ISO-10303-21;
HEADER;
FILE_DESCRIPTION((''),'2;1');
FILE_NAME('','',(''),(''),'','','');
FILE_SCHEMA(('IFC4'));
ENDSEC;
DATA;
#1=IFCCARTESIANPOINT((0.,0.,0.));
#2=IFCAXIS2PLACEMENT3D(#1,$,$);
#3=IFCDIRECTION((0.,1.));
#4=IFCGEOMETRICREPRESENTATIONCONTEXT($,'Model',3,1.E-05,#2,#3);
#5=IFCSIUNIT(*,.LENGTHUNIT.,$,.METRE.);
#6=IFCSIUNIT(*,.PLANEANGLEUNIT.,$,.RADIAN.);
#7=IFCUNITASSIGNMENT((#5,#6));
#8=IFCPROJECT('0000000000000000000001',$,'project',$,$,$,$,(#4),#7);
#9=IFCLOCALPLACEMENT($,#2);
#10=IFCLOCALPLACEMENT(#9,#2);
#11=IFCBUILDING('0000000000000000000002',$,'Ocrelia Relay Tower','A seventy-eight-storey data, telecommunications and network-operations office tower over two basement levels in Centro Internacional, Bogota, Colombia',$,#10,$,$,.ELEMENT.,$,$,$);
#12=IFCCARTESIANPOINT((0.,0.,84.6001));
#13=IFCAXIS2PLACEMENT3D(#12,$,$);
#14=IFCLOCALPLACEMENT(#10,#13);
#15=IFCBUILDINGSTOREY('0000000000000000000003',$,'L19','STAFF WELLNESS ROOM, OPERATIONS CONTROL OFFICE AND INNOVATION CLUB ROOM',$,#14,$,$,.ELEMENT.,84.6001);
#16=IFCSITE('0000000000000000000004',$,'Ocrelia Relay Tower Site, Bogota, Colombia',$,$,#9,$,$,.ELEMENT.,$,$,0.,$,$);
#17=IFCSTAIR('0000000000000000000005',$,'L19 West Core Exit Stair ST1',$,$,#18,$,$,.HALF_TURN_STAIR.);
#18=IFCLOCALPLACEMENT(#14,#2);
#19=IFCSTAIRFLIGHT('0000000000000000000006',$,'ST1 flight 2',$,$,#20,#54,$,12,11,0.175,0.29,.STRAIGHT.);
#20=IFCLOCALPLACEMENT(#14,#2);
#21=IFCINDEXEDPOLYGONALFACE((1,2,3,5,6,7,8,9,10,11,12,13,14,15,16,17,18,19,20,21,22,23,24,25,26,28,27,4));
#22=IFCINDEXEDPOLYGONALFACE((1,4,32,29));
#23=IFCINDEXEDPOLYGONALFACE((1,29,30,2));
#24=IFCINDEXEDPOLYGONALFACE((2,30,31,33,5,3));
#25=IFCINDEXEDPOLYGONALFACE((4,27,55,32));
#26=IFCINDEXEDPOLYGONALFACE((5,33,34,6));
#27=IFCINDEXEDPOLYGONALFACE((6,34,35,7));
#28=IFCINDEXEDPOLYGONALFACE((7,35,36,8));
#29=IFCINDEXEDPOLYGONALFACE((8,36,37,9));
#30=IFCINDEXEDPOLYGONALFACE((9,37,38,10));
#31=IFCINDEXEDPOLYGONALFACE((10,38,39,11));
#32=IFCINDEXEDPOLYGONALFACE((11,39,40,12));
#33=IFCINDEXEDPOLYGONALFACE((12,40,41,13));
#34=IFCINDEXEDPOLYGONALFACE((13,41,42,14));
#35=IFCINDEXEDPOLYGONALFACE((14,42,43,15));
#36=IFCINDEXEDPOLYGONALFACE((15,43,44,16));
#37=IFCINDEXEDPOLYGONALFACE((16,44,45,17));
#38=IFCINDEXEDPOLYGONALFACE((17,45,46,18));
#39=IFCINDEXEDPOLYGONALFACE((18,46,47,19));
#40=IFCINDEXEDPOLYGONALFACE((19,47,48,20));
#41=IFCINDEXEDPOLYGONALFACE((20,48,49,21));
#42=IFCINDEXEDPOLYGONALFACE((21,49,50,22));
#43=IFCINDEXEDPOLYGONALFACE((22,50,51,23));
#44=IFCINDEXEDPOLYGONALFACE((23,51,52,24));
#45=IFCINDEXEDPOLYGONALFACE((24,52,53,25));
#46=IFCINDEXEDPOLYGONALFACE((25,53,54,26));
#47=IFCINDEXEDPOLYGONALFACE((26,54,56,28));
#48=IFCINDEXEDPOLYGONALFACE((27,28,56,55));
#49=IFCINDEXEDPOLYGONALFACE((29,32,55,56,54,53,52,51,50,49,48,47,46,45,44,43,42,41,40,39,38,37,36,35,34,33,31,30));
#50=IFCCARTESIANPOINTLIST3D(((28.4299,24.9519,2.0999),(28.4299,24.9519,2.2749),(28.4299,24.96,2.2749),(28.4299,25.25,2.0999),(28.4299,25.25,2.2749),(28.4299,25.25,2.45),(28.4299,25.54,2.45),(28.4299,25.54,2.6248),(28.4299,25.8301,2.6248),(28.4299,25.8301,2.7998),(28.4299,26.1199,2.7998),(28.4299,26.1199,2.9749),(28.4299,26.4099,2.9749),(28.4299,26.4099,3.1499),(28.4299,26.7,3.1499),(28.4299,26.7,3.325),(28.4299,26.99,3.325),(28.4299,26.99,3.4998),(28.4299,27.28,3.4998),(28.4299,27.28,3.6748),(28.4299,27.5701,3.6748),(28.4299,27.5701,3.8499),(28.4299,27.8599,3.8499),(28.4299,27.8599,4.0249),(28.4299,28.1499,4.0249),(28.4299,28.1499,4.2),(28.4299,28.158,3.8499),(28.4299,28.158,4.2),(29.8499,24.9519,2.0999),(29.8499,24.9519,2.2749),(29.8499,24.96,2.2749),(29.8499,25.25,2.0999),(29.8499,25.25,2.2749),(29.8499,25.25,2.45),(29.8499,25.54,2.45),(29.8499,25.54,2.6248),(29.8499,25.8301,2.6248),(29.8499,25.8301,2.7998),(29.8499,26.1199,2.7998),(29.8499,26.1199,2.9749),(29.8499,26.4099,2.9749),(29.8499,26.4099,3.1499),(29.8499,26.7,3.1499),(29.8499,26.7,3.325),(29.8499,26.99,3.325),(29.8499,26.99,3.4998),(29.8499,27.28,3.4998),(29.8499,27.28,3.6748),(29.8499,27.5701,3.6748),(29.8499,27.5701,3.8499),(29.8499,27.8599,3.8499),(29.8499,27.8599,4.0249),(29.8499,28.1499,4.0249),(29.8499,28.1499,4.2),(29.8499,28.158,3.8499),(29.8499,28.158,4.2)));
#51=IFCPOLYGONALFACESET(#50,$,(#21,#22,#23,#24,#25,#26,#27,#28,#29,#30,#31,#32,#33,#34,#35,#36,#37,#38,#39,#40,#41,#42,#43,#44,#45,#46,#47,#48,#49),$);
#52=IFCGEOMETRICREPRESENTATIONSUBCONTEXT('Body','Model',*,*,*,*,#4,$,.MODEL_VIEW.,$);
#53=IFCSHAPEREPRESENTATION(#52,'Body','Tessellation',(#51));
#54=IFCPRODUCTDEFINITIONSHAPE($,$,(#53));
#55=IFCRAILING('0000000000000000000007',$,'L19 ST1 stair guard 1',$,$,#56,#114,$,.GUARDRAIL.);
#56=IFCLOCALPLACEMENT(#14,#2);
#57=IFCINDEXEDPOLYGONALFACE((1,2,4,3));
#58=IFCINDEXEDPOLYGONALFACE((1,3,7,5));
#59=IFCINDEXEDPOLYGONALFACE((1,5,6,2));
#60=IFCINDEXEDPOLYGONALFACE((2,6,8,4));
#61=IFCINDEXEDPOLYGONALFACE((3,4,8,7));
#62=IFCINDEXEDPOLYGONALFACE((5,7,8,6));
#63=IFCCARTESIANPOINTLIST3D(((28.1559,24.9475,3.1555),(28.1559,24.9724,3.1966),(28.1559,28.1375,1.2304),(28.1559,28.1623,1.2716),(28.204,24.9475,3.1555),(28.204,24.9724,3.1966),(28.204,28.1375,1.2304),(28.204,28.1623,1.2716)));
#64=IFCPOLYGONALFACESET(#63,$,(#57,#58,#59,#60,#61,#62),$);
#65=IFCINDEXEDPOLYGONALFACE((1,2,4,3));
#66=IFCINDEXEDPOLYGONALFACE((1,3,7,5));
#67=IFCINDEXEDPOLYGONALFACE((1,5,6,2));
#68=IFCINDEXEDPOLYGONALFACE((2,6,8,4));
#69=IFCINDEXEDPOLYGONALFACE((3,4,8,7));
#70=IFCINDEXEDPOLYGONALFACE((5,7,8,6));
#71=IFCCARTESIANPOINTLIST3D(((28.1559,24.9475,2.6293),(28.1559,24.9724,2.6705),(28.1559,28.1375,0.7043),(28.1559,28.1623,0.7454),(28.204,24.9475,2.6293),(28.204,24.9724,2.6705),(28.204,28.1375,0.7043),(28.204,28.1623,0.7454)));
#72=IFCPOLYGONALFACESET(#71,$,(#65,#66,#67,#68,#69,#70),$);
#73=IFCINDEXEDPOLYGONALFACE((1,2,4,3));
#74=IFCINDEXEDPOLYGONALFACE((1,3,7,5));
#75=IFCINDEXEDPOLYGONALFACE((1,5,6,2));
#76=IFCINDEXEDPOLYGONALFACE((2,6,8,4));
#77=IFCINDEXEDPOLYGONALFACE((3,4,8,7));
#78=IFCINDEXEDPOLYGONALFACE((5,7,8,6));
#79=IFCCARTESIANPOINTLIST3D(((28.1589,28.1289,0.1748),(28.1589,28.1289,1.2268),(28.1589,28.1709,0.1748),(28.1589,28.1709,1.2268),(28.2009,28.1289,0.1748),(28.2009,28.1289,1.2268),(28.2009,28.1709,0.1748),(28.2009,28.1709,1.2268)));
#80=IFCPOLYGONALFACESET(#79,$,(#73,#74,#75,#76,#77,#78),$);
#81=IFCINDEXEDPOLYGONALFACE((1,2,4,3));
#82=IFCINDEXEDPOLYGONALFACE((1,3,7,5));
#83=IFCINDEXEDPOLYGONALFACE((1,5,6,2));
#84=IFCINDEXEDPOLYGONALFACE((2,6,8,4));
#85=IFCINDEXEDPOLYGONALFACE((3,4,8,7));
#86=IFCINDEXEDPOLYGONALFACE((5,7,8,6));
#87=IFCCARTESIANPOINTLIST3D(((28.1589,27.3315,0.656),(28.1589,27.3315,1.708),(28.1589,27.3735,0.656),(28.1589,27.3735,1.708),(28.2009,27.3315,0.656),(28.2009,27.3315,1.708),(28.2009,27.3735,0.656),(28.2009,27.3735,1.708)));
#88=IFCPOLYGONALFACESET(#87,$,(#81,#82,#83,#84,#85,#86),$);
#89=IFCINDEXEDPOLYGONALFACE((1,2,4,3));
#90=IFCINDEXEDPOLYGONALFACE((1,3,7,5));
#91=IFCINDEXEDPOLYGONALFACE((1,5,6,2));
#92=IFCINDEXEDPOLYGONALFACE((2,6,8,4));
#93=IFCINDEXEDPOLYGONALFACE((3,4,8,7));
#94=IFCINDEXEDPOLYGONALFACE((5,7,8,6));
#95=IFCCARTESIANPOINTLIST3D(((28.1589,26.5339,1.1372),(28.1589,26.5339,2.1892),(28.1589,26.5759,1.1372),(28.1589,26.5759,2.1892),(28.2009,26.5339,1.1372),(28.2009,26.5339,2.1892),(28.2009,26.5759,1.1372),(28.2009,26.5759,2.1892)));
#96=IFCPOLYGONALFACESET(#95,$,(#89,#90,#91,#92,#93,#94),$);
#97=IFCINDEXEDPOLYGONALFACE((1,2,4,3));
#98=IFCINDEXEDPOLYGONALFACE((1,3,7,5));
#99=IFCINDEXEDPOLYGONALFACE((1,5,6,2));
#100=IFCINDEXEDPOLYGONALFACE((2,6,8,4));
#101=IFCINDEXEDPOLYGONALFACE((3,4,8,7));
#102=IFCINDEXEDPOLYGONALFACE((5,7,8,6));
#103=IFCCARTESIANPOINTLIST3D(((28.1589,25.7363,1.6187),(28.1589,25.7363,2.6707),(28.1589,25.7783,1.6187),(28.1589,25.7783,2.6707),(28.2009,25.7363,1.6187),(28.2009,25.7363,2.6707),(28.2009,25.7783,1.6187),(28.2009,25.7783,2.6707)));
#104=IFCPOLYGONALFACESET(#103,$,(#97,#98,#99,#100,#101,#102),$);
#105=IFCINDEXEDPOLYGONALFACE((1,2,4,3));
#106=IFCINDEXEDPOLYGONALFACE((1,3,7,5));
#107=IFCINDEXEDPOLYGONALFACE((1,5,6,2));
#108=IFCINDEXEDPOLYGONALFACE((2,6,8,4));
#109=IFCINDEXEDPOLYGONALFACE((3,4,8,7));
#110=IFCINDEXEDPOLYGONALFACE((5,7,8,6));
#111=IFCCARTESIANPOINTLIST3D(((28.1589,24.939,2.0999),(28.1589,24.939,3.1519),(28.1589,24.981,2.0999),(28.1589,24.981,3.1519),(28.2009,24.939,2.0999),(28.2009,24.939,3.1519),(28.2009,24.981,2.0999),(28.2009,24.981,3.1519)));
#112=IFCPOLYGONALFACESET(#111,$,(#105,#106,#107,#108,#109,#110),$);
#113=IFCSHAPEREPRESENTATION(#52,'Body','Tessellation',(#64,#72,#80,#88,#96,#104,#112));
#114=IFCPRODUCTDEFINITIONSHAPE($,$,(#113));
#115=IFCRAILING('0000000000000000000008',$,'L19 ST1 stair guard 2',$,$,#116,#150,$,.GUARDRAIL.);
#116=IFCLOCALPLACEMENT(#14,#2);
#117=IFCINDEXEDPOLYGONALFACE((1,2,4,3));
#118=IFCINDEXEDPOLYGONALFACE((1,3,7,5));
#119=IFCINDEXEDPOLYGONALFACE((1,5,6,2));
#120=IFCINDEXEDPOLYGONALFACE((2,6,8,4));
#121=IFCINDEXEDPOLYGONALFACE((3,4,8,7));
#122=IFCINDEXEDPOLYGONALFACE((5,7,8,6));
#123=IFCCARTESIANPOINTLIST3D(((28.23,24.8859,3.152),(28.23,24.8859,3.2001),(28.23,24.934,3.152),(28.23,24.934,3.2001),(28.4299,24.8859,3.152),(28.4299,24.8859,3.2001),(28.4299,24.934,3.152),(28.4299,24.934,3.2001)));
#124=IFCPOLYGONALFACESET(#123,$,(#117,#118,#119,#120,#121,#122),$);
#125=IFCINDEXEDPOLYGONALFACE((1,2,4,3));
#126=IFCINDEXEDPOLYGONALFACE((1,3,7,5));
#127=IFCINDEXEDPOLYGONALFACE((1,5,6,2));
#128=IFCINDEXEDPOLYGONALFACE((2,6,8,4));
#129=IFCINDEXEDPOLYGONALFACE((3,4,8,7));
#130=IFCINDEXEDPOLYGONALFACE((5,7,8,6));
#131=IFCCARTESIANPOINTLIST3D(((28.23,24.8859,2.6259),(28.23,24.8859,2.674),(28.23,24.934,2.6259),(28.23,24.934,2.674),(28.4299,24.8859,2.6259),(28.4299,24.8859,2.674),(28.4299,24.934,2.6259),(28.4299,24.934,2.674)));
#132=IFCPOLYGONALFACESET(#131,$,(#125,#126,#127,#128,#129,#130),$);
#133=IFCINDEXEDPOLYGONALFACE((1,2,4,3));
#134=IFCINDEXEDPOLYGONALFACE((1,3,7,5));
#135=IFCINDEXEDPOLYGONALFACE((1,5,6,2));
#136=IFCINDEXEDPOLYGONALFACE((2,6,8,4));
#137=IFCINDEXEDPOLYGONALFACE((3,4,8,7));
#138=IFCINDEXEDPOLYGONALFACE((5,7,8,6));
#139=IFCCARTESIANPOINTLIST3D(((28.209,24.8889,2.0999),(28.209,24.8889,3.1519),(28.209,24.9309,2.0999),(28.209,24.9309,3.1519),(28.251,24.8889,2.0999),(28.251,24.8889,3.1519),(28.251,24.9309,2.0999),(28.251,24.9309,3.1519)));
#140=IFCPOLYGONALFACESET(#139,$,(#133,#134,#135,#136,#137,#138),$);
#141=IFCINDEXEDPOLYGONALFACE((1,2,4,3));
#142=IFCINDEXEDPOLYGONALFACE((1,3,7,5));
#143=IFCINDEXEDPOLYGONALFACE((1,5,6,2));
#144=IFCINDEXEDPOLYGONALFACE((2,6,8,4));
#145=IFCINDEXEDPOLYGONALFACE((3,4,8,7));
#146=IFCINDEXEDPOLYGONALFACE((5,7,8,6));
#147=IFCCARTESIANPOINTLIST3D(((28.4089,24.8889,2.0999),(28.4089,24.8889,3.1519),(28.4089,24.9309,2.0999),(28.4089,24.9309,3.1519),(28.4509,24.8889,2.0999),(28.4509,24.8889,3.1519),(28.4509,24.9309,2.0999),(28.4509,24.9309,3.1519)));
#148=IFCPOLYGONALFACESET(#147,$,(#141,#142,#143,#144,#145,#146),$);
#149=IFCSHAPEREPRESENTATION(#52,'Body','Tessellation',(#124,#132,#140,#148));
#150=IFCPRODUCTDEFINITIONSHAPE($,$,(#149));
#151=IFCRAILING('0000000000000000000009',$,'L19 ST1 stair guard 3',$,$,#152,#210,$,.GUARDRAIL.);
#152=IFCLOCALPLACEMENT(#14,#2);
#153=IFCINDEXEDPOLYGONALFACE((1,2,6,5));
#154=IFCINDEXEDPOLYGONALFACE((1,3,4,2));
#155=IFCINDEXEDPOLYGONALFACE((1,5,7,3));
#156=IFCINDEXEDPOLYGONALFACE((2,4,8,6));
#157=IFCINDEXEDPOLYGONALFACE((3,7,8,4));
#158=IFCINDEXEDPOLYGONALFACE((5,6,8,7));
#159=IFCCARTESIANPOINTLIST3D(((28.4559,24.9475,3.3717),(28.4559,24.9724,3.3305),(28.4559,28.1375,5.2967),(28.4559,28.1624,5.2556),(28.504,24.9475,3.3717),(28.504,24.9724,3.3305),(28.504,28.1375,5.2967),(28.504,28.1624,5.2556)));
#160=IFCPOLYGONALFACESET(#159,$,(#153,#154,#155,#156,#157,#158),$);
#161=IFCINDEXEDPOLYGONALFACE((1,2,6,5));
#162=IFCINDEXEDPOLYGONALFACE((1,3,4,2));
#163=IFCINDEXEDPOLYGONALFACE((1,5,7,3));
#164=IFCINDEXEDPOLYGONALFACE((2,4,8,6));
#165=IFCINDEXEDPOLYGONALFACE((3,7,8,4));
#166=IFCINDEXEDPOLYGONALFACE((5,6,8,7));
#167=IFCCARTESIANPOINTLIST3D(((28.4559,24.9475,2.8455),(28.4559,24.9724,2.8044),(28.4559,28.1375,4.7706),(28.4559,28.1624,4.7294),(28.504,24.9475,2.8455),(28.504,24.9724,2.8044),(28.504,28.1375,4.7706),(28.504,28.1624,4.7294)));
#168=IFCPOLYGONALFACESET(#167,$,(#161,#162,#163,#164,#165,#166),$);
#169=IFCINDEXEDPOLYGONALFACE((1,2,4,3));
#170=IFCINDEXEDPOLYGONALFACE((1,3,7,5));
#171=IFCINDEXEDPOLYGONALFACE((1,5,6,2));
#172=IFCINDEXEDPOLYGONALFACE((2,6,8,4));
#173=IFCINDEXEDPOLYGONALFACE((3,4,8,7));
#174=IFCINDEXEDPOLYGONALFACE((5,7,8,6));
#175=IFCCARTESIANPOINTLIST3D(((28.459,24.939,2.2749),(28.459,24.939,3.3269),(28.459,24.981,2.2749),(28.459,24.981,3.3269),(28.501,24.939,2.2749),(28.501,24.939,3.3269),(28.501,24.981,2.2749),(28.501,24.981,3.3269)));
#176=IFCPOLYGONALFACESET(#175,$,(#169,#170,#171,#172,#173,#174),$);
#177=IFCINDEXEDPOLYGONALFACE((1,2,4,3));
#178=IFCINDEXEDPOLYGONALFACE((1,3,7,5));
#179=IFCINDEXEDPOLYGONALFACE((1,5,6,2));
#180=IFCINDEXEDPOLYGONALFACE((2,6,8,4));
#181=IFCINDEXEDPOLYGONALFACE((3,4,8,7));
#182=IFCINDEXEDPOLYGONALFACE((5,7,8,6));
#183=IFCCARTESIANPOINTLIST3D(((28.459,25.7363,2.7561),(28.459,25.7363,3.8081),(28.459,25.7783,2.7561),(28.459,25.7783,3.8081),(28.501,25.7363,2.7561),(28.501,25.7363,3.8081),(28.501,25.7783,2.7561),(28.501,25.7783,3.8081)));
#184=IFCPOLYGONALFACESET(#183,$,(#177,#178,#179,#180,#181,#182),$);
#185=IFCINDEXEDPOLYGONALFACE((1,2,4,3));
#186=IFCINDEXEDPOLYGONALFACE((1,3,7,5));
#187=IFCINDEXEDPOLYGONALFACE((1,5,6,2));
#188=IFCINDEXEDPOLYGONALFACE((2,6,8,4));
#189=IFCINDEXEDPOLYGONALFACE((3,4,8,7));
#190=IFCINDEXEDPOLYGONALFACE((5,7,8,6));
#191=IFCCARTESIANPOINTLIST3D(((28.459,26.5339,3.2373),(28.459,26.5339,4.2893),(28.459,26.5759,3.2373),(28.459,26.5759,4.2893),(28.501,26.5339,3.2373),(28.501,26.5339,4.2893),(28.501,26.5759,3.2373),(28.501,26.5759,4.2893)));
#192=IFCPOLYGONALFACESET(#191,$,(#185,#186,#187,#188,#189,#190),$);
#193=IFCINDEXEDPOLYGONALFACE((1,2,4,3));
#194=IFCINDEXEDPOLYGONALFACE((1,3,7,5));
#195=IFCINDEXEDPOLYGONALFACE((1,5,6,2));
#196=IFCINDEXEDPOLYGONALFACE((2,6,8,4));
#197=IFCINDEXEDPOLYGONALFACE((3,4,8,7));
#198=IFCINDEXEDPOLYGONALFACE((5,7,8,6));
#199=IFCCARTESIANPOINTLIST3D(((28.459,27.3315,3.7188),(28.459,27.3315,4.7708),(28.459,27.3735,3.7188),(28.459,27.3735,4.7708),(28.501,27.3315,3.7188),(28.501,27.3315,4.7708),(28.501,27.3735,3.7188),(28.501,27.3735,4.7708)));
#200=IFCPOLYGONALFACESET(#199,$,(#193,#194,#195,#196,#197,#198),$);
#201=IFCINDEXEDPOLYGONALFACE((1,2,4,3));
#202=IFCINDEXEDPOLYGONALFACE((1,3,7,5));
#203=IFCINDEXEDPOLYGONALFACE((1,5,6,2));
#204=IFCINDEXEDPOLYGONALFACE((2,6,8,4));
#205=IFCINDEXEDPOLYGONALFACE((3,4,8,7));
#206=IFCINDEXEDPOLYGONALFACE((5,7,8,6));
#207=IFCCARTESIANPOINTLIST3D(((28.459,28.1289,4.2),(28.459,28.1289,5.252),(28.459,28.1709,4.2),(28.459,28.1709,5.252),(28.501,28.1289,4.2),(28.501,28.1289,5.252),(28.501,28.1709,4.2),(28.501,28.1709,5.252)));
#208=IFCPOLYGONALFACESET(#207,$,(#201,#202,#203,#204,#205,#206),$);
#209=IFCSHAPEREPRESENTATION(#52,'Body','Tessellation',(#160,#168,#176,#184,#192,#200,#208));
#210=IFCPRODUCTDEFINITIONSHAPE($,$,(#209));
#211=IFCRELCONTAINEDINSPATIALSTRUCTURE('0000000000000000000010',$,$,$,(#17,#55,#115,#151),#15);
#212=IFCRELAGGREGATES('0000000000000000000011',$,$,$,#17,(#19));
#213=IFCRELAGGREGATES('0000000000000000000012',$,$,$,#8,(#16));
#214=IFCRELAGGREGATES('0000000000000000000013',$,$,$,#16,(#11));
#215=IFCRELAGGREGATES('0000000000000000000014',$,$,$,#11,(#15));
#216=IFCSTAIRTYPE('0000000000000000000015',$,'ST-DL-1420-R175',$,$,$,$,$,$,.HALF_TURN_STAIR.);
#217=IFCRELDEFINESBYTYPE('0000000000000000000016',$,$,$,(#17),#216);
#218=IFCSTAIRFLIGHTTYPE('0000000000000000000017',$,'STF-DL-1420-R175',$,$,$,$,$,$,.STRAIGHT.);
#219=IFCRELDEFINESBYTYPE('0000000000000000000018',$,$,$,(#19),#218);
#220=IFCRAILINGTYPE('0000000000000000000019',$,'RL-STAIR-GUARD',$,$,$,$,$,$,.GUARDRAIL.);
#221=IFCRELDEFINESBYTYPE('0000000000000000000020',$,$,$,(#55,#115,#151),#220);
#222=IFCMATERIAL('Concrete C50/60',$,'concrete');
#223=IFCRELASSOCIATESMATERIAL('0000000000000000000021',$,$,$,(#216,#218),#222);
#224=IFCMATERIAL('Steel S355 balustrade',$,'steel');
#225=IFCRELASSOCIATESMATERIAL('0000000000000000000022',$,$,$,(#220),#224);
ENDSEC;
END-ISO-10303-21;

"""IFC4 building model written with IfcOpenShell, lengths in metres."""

from ifc_helpers import new_model, si_unit, direction, frame, origin, origin_2d, place, context, subcontext, project, spatial, polyline, rectangle, outline, extrude, material, type_object, element, aggregate, save


model = new_model("IFC4")

# Units and contexts
model_context = context("Model", 3, precision=1e-05, world=origin(), true_north=direction((0.0, 1.0)))
body_context = subcontext(model_context, "Body", "Model", "MODEL_VIEW")
ifc_project = project(units=[si_unit("LENGTHUNIT", "METRE"), si_unit("PLANEANGLEUNIT", "RADIAN")], contexts=[model_context])

# Site, building, storey
site_placement = place(None, origin())
site = spatial("IfcSite", under=ifc_project, at=site_placement, Name="Ocrelia Relay Tower Site, Bogota, Colombia", CompositionType="ELEMENT", RefElevation=0.0)
building_placement = place(site_placement, origin())
building = spatial("IfcBuilding", under=site, at=building_placement, Name="Ocrelia Relay Tower", Description="A seventy-eight-storey data, telecommunications and network-operations office tower over two basement levels in Centro Internacional, Bogota, Colombia", CompositionType="ELEMENT")
storey_placement = place(building_placement, frame((0.0, 0.0, 84.6001)))
storey = spatial("IfcBuildingStorey", under=building, at=storey_placement, Name="L19", Description="STAFF WELLNESS ROOM, OPERATIONS CONTROL OFFICE AND INNOVATION CLUB ROOM", CompositionType="ELEMENT", Elevation=84.6001)

# Shared definitions
ifc_material_1 = material(Name="Concrete C50/60", Category="concrete")

# Stair, stair flight
stair_type = type_object("IfcStairType", Name="ST-DL-1420-R175", PredefinedType="HALF_TURN_STAIR", material=ifc_material_1)
stair_placement = place(storey_placement, origin())
stair = element("IfcStair", 1, at=stair_placement, inside=storey, type_object=stair_type, Name="L19 West Core Exit Stair ST1", PredefinedType="HALF_TURN_STAIR")
stair_flight_type = type_object("IfcStairFlightType", Name="STF-DL-1420-R175", PredefinedType="STRAIGHT", material=ifc_material_1)
stair_flight_1_placement = place(storey_placement, frame((29.1399, 24.96, 2.0999), z_axis=(0.0, 0.0, 1.0), x_axis=(0.0, 1.0, 0.0)))
stair_flight_1 = element("IfcStairFlight", 2, at=stair_flight_1_placement, type_object=stair_flight_type, Name="ST1 flight 2", NumberOfRisers=12, NumberOfTreads=11, PredefinedType="STRAIGHT", RiserHeight=0.175, TreadLength=0.29, context=body_context, shape_type="SweptSolid", body=[
    extrude(outline(polyline([(-0.0081, 0.0), (-0.0081, 0.175), (0.0, 0.175), (0.29, 0.175), (0.29, 0.3501), (0.5801, 0.3501), (0.5801, 0.5249), (0.8701, 0.5249), (0.8701, 0.7), (1.1599, 0.7), (1.1599, 0.875), (1.45, 0.875), (1.45, 1.05), (1.74, 1.05), (1.74, 1.2251), (2.03, 1.2251), (2.03, 1.3999), (2.3201, 1.3999), (2.3201, 1.575), (2.6101, 1.575), (2.6101, 1.75), (2.8999, 1.75), (2.8999, 1.925), (3.1899, 1.925), (3.1899, 2.1001), (3.198, 2.1001), (3.198, 1.75), (0.29, 0.0), (-0.0081, 0.0)])), frame((0.0, 0.71, 0.0), z_axis=(0.0, -1.0, 0.0), x_axis=(1.0, 0.0, 0.0)), (0.0, 0.0, 1.0), 1.4199),
])
aggregate(stair, [stair_flight_1])

# Railings
ifc_material_2 = material(Name="Steel S355 balustrade", Category="steel")
railing_type_1 = type_object("IfcRailingType", Name="RL-STAIR-GUARD", PredefinedType="GUARDRAIL", material=ifc_material_2)
railing_1_placement = place(storey_placement, frame((28.1799, 28.1499, 0.1748)))
element("IfcRailing", 3, at=railing_1_placement, inside=storey, type_object=railing_type_1, Name="L19 ST1 stair guard 1", PredefinedType="GUARDRAIL", context=body_context, shape_type="SweptSolid", body=[
    extrude(rectangle(XDim=0.0481, YDim=0.0481, at=origin_2d()), frame((0.0, 0.0, 1.0762), z_axis=(0.0, -0.856178, 0.516682), x_axis=(1.0, 0.0, 0.0)), (0.0, 0.0, 1.0), 3.7258),
    extrude(rectangle(XDim=0.0481, YDim=0.0481, at=origin_2d()), frame((0.0, 0.0, 0.55), z_axis=(0.0, -0.856178, 0.516682), x_axis=(1.0, 0.0, 0.0)), (0.0, 0.0, 1.0), 3.7258),
    extrude(rectangle(XDim=0.042, YDim=0.042, at=origin_2d()), origin(), (0.0, 0.0, 1.0), 1.052),
    extrude(rectangle(XDim=0.042, YDim=0.042, at=origin_2d()), frame((0.0, -0.7974, 0.4812)), (0.0, 0.0, 1.0), 1.052),
    extrude(rectangle(XDim=0.042, YDim=0.042, at=origin_2d()), frame((0.0, -1.595, 0.9624)), (0.0, 0.0, 1.0), 1.052),
    extrude(rectangle(XDim=0.042, YDim=0.042, at=origin_2d()), frame((0.0, -2.3926, 1.4438)), (0.0, 0.0, 1.0), 1.052),
    extrude(rectangle(XDim=0.042, YDim=0.042, at=origin_2d()), frame((0.0, -3.1899, 1.925)), (0.0, 0.0, 1.0), 1.052),
])
railing_2_placement = place(storey_placement, frame((28.23, 24.9099, 2.0999)))
element("IfcRailing", 4, at=railing_2_placement, inside=storey, type_object=railing_type_1, Name="L19 ST1 stair guard 2", PredefinedType="GUARDRAIL", context=body_context, shape_type="SweptSolid", body=[
    extrude(rectangle(XDim=0.0481, YDim=0.0481, at=origin_2d()), frame((0.0, 0.0, 1.0762), z_axis=(1.0, 0.0, 0.0), x_axis=(0.0, 1.0, 0.0)), (0.0, 0.0, 1.0), 0.2),
    extrude(rectangle(XDim=0.0481, YDim=0.0481, at=origin_2d()), frame((0.0, 0.0, 0.55), z_axis=(1.0, 0.0, 0.0), x_axis=(0.0, 1.0, 0.0)), (0.0, 0.0, 1.0), 0.2),
    extrude(rectangle(XDim=0.042, YDim=0.042, at=origin_2d()), origin(), (0.0, 0.0, 1.0), 1.052),
    extrude(rectangle(XDim=0.042, YDim=0.042, at=origin_2d()), frame((0.2, 0.0, 0.0)), (0.0, 0.0, 1.0), 1.052),
])
railing_3_placement = place(storey_placement, frame((28.48, 24.96, 2.2749)))
element("IfcRailing", 5, at=railing_3_placement, inside=storey, type_object=railing_type_1, Name="L19 ST1 stair guard 3", PredefinedType="GUARDRAIL", context=body_context, shape_type="SweptSolid", body=[
    extrude(rectangle(XDim=0.0481, YDim=0.0481, at=origin_2d()), frame((0.0, 0.0, 1.0762), z_axis=(0.0, 0.856178, 0.516682), x_axis=(-1.0, 0.0, 0.0)), (0.0, 0.0, 1.0), 3.7258),
    extrude(rectangle(XDim=0.0481, YDim=0.0481, at=origin_2d()), frame((0.0, 0.0, 0.55), z_axis=(0.0, 0.856178, 0.516682), x_axis=(-1.0, 0.0, 0.0)), (0.0, 0.0, 1.0), 3.7258),
    extrude(rectangle(XDim=0.042, YDim=0.042, at=origin_2d()), origin(), (0.0, 0.0, 1.0), 1.052),
    extrude(rectangle(XDim=0.042, YDim=0.042, at=origin_2d()), frame((0.0, 0.7974, 0.4812)), (0.0, 0.0, 1.0), 1.052),
    extrude(rectangle(XDim=0.042, YDim=0.042, at=origin_2d()), frame((0.0, 1.595, 0.9624)), (0.0, 0.0, 1.0), 1.052),
    extrude(rectangle(XDim=0.042, YDim=0.042, at=origin_2d()), frame((0.0, 2.3926, 1.4438)), (0.0, 0.0, 1.0), 1.052),
    extrude(rectangle(XDim=0.042, YDim=0.042, at=origin_2d()), frame((0.0, 3.1899, 1.925)), (0.0, 0.0, 1.0), 1.052),
])

save(model, "model.ifc")
